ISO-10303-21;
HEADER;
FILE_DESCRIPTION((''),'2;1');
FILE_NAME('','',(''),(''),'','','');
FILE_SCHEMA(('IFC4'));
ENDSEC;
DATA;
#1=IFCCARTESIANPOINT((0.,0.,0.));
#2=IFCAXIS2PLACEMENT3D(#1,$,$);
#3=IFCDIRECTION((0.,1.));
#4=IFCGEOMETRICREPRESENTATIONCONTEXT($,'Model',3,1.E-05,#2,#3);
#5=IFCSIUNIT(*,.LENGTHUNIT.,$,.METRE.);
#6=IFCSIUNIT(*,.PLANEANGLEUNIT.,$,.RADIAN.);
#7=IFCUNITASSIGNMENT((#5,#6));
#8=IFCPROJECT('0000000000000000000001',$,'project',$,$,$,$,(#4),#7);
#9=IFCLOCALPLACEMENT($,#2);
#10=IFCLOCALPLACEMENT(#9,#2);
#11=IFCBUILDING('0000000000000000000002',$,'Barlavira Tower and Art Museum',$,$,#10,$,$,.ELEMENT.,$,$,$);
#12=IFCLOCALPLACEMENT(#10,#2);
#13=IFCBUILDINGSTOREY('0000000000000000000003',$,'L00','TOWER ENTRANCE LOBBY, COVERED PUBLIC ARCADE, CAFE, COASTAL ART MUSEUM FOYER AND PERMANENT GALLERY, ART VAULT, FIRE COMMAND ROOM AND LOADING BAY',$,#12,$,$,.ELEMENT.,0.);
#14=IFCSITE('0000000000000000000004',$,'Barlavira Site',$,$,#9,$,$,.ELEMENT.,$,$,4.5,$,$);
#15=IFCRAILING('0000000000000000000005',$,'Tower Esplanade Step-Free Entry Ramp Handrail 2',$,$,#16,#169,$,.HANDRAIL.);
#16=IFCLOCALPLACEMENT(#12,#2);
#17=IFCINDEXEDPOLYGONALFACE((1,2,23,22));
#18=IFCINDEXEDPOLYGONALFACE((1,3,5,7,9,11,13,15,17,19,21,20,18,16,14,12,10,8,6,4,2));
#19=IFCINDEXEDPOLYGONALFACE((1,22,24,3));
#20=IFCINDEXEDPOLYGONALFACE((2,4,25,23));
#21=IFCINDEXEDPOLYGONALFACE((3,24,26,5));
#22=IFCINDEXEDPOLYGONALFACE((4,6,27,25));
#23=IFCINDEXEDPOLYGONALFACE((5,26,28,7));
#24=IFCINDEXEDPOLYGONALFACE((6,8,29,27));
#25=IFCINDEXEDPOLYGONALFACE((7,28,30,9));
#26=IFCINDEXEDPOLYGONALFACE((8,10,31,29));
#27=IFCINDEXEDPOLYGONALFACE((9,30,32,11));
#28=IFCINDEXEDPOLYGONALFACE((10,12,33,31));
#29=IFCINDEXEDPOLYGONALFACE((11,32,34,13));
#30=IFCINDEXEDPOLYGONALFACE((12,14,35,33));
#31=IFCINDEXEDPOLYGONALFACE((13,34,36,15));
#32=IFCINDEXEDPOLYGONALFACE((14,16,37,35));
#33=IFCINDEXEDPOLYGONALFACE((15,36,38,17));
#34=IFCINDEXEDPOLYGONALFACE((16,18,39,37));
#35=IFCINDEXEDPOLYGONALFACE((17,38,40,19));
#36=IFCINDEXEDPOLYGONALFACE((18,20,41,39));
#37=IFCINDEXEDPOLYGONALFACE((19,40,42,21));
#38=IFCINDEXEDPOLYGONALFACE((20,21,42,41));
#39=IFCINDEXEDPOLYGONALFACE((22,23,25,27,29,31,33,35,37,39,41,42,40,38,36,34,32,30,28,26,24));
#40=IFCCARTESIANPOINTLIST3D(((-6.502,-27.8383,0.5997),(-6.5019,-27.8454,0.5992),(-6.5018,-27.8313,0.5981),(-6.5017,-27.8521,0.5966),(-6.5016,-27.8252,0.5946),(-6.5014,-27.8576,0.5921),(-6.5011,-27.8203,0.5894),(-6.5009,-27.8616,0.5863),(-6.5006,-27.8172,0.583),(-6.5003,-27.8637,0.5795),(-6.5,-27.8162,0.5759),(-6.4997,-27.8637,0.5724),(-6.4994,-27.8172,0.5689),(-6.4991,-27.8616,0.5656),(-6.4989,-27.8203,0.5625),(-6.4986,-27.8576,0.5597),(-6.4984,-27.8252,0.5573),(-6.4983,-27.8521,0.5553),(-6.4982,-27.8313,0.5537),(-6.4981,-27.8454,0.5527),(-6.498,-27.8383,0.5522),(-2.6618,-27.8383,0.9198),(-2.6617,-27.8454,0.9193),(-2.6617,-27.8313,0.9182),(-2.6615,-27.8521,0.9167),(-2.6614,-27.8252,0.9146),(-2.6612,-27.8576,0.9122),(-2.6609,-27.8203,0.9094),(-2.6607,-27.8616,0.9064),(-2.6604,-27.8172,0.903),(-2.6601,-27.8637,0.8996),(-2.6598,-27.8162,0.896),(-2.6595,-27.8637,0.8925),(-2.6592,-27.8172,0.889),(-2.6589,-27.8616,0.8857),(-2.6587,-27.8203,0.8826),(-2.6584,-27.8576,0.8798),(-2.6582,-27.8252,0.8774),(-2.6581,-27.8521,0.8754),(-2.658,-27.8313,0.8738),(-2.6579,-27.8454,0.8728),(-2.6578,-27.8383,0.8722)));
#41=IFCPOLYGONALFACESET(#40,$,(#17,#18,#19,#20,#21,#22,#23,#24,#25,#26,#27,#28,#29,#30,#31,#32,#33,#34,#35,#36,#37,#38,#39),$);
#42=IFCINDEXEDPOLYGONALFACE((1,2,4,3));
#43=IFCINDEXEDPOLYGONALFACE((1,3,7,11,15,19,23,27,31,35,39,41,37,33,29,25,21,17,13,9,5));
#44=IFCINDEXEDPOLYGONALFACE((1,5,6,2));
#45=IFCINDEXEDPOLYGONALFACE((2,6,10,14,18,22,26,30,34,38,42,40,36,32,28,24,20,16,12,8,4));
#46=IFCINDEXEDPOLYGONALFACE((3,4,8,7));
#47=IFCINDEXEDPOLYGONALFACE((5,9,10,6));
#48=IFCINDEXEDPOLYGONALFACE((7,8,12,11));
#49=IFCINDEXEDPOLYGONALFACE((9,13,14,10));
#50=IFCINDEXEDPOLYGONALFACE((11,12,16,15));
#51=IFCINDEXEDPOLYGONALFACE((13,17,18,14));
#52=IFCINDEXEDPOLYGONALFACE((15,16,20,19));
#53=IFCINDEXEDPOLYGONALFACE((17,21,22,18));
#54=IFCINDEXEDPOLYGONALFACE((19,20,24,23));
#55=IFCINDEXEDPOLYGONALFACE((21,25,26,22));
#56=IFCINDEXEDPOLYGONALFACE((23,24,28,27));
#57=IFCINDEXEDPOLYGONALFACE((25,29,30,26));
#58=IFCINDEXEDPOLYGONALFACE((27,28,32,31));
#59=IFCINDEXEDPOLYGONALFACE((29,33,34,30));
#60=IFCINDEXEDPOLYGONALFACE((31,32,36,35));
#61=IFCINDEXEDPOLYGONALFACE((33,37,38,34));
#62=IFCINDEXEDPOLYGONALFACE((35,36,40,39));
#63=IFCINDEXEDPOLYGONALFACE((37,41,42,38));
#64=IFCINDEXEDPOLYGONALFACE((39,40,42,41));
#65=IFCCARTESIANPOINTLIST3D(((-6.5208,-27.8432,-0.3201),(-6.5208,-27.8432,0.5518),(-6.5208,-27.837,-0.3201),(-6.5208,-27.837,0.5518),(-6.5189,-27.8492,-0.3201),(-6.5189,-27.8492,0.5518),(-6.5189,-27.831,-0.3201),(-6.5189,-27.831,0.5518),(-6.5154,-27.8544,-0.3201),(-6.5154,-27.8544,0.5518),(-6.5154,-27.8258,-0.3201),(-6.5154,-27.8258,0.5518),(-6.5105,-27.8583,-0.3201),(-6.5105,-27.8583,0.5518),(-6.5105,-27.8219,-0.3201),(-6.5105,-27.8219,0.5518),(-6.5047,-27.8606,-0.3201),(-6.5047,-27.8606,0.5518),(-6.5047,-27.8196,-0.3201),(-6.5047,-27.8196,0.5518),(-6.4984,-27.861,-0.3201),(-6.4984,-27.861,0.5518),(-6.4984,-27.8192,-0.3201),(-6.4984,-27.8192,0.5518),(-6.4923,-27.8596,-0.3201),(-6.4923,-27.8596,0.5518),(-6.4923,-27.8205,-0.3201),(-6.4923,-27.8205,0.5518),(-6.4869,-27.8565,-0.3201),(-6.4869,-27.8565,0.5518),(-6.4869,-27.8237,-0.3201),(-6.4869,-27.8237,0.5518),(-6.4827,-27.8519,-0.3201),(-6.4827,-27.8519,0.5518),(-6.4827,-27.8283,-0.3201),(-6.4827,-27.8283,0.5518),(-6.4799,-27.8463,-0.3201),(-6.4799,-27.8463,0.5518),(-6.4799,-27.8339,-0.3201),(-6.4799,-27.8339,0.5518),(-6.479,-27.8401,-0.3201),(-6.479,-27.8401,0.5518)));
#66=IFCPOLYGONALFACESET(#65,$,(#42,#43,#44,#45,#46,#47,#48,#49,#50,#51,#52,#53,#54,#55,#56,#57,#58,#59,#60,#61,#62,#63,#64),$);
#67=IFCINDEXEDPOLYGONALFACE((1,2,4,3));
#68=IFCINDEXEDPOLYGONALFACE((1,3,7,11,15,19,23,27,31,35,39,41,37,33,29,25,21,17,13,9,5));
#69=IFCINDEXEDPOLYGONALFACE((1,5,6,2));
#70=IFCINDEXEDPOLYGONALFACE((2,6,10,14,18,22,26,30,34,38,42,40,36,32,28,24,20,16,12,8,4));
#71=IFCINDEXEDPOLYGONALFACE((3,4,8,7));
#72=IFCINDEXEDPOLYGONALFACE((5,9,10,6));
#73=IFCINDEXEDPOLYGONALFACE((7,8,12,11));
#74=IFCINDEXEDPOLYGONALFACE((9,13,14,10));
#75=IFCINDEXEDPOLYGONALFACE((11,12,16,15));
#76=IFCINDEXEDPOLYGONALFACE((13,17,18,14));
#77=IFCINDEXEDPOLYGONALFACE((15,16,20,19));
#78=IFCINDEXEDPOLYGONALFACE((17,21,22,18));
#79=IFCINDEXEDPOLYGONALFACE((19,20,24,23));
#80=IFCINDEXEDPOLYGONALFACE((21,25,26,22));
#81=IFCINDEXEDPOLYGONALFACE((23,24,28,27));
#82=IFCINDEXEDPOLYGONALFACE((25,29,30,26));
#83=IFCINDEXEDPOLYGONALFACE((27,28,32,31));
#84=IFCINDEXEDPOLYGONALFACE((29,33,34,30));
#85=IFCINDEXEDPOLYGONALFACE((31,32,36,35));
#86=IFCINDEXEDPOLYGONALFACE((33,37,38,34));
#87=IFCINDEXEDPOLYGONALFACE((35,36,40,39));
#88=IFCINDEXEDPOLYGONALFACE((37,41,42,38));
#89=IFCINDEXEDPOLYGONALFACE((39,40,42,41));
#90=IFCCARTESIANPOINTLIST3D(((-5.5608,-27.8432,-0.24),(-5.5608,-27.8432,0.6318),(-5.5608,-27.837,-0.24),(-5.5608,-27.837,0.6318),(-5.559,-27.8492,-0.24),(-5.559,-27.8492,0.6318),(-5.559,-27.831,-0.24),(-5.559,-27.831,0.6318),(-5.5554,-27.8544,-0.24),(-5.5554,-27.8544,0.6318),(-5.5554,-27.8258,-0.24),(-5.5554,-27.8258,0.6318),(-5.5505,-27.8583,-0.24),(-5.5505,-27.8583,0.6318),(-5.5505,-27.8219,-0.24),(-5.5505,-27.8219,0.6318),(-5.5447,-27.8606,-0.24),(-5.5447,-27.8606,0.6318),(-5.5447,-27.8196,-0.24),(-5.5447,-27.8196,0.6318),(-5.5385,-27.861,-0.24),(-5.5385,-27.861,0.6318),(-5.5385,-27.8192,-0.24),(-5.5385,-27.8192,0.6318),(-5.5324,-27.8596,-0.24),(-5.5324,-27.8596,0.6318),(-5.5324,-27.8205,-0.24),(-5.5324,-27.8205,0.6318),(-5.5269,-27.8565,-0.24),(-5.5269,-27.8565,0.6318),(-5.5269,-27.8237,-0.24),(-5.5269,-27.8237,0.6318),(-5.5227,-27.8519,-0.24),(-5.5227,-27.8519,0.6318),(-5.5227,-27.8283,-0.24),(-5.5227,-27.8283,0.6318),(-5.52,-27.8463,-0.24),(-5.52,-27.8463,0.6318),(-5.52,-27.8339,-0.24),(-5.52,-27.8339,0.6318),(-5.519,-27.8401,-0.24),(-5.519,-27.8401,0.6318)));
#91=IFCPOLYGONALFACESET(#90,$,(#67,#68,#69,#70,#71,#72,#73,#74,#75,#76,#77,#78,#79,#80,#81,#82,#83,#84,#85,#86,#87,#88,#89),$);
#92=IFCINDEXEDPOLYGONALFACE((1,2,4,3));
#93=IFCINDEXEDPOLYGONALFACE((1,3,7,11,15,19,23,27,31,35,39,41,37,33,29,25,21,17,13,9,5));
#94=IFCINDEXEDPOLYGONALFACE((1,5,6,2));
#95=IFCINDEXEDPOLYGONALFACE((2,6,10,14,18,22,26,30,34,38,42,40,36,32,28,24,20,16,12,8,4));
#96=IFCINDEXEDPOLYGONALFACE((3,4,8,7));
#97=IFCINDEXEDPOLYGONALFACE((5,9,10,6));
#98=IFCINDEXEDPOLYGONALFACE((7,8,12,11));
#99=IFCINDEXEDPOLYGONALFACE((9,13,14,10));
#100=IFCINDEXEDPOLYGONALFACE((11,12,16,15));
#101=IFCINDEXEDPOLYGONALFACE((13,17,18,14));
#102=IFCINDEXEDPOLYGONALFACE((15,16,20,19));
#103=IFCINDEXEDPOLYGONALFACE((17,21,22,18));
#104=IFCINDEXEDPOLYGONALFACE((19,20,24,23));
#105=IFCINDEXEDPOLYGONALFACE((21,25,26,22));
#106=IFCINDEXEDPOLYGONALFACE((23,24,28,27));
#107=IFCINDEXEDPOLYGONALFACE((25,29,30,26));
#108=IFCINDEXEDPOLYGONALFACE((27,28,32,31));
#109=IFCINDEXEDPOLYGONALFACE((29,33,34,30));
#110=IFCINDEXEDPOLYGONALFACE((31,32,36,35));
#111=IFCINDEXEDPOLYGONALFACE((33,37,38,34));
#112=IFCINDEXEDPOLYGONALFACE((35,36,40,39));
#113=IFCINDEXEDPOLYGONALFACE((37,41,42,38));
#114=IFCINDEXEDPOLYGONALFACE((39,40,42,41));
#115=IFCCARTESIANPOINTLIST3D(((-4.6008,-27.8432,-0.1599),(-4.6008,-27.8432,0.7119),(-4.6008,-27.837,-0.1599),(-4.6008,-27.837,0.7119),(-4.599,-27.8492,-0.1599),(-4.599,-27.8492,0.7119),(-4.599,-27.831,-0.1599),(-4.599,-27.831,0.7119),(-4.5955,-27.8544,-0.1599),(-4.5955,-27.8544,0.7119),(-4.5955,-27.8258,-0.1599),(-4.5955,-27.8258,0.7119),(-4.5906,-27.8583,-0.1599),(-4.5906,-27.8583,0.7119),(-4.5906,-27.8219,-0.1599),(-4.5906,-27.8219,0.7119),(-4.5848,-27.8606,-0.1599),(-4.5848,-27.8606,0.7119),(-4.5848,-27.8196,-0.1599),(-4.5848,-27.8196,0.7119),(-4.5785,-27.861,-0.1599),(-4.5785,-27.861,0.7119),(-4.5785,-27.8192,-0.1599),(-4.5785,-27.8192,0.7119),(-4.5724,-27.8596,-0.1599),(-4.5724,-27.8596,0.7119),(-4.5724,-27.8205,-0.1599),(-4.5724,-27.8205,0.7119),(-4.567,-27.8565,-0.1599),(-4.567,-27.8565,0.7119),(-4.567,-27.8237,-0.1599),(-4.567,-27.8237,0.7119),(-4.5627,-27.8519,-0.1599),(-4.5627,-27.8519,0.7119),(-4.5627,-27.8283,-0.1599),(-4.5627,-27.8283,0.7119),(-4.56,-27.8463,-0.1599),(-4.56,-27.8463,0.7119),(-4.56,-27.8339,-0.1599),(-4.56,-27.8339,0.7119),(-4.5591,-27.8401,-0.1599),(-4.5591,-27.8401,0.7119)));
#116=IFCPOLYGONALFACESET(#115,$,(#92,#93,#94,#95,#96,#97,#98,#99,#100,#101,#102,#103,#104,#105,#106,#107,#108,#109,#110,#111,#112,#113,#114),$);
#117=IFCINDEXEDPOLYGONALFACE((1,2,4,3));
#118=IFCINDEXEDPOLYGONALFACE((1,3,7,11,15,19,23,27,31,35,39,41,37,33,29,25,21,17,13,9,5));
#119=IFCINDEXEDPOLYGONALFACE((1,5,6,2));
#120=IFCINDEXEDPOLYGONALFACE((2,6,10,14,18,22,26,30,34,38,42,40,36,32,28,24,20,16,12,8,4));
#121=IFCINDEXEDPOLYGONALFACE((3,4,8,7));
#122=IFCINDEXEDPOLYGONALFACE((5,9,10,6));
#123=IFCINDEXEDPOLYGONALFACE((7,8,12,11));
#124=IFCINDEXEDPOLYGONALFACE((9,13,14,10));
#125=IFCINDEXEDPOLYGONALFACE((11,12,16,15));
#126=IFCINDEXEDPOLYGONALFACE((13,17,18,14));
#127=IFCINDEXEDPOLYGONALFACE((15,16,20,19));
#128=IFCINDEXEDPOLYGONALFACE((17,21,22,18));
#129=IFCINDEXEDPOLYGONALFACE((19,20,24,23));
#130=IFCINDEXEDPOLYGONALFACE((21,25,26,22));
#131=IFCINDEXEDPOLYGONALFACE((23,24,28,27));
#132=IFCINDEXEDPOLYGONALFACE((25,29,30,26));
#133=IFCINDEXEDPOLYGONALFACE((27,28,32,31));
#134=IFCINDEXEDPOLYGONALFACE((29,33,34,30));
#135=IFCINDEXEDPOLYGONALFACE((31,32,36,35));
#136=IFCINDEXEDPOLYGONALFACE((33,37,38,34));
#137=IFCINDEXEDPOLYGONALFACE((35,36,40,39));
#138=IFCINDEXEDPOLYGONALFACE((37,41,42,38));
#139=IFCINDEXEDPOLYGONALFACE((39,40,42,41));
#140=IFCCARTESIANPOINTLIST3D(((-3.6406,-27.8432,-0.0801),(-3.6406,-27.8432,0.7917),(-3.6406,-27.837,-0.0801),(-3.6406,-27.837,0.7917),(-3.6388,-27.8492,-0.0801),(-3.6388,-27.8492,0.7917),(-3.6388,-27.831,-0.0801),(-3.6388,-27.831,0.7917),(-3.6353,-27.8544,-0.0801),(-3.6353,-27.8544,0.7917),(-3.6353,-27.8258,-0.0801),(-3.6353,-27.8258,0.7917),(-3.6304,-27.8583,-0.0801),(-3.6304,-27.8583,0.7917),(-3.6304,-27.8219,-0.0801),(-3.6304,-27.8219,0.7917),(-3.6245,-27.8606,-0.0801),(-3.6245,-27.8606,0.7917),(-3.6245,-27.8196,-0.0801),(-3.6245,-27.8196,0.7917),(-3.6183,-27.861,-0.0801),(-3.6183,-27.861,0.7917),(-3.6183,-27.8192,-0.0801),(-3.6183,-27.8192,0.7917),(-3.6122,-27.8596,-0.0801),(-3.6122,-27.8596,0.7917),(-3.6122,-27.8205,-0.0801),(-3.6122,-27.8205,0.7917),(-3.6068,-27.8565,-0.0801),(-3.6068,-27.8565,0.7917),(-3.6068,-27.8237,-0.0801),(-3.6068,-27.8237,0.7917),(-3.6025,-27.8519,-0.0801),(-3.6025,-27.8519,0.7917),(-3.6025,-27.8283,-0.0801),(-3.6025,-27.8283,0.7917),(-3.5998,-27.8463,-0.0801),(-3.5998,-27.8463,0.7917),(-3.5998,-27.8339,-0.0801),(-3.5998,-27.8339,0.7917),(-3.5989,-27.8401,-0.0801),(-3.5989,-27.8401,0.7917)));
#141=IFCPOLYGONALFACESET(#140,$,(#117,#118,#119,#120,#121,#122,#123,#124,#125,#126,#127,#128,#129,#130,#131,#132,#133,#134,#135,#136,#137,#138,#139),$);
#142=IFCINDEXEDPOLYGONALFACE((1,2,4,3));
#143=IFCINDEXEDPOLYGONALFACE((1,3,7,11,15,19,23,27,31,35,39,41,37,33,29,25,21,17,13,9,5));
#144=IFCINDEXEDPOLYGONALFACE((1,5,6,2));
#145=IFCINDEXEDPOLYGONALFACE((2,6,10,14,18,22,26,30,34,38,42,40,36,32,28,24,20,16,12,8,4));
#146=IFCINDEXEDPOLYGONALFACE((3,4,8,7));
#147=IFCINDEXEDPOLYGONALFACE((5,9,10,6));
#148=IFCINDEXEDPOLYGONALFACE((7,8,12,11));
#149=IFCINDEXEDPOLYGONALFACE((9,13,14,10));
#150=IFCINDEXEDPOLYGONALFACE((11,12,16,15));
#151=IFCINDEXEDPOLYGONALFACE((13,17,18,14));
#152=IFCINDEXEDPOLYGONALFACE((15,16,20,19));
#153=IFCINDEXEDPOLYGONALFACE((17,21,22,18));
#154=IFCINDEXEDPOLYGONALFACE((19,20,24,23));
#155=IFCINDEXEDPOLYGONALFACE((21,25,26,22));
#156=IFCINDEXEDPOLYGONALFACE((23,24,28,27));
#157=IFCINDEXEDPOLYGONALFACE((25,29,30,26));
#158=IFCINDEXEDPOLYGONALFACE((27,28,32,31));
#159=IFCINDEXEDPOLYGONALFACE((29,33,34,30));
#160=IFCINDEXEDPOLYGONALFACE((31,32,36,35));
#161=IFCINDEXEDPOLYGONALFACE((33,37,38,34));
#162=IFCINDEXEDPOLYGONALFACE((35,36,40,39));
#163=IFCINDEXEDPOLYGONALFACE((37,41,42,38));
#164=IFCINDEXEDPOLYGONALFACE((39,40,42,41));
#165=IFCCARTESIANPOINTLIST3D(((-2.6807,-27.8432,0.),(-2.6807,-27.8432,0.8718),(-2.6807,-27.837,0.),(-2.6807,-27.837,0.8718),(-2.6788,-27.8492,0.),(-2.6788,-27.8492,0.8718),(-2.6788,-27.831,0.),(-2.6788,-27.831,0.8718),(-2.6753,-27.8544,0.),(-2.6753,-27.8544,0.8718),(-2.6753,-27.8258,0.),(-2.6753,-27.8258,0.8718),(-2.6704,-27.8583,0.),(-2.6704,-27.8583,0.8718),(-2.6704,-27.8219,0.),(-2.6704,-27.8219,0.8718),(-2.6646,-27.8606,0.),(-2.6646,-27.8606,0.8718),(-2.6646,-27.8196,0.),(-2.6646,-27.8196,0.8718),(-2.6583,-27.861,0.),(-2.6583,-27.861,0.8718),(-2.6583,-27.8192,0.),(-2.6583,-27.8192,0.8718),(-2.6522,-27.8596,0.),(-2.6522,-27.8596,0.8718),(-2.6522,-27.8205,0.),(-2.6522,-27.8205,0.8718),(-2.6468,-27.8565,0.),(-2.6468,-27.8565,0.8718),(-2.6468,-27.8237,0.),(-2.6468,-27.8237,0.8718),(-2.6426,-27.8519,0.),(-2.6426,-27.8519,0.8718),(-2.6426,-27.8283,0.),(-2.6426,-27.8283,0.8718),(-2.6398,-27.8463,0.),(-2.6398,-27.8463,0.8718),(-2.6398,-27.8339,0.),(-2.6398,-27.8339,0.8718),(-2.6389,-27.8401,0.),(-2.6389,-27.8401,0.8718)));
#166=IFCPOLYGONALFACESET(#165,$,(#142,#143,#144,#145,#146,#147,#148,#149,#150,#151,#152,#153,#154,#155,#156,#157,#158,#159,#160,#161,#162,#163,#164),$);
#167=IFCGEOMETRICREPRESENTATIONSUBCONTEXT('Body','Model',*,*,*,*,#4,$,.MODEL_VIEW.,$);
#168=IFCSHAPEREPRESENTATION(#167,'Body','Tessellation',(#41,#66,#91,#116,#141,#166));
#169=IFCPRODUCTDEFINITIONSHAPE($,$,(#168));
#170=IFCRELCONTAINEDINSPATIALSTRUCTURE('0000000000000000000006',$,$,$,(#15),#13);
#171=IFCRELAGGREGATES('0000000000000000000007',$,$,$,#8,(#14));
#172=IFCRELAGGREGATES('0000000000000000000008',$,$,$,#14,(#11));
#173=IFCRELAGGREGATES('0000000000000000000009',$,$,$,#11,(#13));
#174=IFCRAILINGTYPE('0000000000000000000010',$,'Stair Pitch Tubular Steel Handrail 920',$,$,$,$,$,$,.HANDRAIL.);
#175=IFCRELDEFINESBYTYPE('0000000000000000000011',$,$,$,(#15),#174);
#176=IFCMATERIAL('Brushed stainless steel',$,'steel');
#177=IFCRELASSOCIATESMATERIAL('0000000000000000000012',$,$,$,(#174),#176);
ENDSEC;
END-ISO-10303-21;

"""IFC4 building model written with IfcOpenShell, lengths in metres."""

from ifc_helpers import new_model, si_unit, direction, frame, origin, origin_2d, place, context, subcontext, project, spatial, circle, extrude, material, type_object, element, save


model = new_model("IFC4")

# Units and contexts
model_context = context("Model", 3, precision=1e-05, world=origin(), true_north=direction((0.0, 1.0)))
body_context = subcontext(model_context, "Body", "Model", "MODEL_VIEW")
ifc_project = project(units=[si_unit("LENGTHUNIT", "METRE"), si_unit("PLANEANGLEUNIT", "RADIAN")], contexts=[model_context])

# Site, building, storey
site_placement = place(None, origin())
site = spatial("IfcSite", under=ifc_project, at=site_placement, Name="Barlavira Site", CompositionType="ELEMENT", RefElevation=4.5)
building_placement = place(site_placement, origin())
building = spatial("IfcBuilding", under=site, at=building_placement, Name="Barlavira Tower and Art Museum", CompositionType="ELEMENT")
storey_placement = place(building_placement, origin())
storey = spatial("IfcBuildingStorey", under=building, at=storey_placement, Name="L00", Description="TOWER ENTRANCE LOBBY, COVERED PUBLIC ARCADE, CAFE, COASTAL ART MUSEUM FOYER AND PERMANENT GALLERY, ART VAULT, FIRE COMMAND ROOM AND LOADING BAY", CompositionType="ELEMENT", Elevation=0.0)

# Railing
ifc_material_1 = material(Name="Brushed stainless steel", Category="steel")
railing_type_1 = type_object("IfcRailingType", Name="Stair Pitch Tubular Steel Handrail 920", PredefinedType="HANDRAIL", material=ifc_material_1)
for number, where, name in (
    (1, (-6.5, -27.8401, -0.3201), "Tower Esplanade Step-Free Entry Ramp Handrail 2"),
):
    element("IfcRailing", number, at=place(storey_placement, frame(where)), inside=storey, type_object=railing_type_1, Name=name, PredefinedType="HANDRAIL", context=body_context, shape_type="SweptSolid", body=[
        extrude(circle(Radius=0.0239, at=origin_2d()), frame((0.0, 0.0, 0.896), z_axis=(0.996544, 0.0, 0.083061), x_axis=(0.0, 1.0, 0.0)), (0.0, 0.0, 1.0), 3.8535),
        extrude(circle(Radius=0.021, at=origin_2d()), origin(), (0.0, 0.0, 1.0), 0.8718),
        extrude(circle(Radius=0.021, at=origin_2d()), frame((0.96, 0.0, 0.0801)), (0.0, 0.0, 1.0), 0.8718),
        extrude(circle(Radius=0.021, at=origin_2d()), frame((1.9199, 0.0, 0.1602)), (0.0, 0.0, 1.0), 0.8718),
        extrude(circle(Radius=0.021, at=origin_2d()), frame((2.8801, 0.0, 0.24)), (0.0, 0.0, 1.0), 0.8718),
        extrude(circle(Radius=0.021, at=origin_2d()), frame((3.8401, 0.0, 0.3201)), (0.0, 0.0, 1.0), 0.8718),
    ])

save(model, "model.ifc")
